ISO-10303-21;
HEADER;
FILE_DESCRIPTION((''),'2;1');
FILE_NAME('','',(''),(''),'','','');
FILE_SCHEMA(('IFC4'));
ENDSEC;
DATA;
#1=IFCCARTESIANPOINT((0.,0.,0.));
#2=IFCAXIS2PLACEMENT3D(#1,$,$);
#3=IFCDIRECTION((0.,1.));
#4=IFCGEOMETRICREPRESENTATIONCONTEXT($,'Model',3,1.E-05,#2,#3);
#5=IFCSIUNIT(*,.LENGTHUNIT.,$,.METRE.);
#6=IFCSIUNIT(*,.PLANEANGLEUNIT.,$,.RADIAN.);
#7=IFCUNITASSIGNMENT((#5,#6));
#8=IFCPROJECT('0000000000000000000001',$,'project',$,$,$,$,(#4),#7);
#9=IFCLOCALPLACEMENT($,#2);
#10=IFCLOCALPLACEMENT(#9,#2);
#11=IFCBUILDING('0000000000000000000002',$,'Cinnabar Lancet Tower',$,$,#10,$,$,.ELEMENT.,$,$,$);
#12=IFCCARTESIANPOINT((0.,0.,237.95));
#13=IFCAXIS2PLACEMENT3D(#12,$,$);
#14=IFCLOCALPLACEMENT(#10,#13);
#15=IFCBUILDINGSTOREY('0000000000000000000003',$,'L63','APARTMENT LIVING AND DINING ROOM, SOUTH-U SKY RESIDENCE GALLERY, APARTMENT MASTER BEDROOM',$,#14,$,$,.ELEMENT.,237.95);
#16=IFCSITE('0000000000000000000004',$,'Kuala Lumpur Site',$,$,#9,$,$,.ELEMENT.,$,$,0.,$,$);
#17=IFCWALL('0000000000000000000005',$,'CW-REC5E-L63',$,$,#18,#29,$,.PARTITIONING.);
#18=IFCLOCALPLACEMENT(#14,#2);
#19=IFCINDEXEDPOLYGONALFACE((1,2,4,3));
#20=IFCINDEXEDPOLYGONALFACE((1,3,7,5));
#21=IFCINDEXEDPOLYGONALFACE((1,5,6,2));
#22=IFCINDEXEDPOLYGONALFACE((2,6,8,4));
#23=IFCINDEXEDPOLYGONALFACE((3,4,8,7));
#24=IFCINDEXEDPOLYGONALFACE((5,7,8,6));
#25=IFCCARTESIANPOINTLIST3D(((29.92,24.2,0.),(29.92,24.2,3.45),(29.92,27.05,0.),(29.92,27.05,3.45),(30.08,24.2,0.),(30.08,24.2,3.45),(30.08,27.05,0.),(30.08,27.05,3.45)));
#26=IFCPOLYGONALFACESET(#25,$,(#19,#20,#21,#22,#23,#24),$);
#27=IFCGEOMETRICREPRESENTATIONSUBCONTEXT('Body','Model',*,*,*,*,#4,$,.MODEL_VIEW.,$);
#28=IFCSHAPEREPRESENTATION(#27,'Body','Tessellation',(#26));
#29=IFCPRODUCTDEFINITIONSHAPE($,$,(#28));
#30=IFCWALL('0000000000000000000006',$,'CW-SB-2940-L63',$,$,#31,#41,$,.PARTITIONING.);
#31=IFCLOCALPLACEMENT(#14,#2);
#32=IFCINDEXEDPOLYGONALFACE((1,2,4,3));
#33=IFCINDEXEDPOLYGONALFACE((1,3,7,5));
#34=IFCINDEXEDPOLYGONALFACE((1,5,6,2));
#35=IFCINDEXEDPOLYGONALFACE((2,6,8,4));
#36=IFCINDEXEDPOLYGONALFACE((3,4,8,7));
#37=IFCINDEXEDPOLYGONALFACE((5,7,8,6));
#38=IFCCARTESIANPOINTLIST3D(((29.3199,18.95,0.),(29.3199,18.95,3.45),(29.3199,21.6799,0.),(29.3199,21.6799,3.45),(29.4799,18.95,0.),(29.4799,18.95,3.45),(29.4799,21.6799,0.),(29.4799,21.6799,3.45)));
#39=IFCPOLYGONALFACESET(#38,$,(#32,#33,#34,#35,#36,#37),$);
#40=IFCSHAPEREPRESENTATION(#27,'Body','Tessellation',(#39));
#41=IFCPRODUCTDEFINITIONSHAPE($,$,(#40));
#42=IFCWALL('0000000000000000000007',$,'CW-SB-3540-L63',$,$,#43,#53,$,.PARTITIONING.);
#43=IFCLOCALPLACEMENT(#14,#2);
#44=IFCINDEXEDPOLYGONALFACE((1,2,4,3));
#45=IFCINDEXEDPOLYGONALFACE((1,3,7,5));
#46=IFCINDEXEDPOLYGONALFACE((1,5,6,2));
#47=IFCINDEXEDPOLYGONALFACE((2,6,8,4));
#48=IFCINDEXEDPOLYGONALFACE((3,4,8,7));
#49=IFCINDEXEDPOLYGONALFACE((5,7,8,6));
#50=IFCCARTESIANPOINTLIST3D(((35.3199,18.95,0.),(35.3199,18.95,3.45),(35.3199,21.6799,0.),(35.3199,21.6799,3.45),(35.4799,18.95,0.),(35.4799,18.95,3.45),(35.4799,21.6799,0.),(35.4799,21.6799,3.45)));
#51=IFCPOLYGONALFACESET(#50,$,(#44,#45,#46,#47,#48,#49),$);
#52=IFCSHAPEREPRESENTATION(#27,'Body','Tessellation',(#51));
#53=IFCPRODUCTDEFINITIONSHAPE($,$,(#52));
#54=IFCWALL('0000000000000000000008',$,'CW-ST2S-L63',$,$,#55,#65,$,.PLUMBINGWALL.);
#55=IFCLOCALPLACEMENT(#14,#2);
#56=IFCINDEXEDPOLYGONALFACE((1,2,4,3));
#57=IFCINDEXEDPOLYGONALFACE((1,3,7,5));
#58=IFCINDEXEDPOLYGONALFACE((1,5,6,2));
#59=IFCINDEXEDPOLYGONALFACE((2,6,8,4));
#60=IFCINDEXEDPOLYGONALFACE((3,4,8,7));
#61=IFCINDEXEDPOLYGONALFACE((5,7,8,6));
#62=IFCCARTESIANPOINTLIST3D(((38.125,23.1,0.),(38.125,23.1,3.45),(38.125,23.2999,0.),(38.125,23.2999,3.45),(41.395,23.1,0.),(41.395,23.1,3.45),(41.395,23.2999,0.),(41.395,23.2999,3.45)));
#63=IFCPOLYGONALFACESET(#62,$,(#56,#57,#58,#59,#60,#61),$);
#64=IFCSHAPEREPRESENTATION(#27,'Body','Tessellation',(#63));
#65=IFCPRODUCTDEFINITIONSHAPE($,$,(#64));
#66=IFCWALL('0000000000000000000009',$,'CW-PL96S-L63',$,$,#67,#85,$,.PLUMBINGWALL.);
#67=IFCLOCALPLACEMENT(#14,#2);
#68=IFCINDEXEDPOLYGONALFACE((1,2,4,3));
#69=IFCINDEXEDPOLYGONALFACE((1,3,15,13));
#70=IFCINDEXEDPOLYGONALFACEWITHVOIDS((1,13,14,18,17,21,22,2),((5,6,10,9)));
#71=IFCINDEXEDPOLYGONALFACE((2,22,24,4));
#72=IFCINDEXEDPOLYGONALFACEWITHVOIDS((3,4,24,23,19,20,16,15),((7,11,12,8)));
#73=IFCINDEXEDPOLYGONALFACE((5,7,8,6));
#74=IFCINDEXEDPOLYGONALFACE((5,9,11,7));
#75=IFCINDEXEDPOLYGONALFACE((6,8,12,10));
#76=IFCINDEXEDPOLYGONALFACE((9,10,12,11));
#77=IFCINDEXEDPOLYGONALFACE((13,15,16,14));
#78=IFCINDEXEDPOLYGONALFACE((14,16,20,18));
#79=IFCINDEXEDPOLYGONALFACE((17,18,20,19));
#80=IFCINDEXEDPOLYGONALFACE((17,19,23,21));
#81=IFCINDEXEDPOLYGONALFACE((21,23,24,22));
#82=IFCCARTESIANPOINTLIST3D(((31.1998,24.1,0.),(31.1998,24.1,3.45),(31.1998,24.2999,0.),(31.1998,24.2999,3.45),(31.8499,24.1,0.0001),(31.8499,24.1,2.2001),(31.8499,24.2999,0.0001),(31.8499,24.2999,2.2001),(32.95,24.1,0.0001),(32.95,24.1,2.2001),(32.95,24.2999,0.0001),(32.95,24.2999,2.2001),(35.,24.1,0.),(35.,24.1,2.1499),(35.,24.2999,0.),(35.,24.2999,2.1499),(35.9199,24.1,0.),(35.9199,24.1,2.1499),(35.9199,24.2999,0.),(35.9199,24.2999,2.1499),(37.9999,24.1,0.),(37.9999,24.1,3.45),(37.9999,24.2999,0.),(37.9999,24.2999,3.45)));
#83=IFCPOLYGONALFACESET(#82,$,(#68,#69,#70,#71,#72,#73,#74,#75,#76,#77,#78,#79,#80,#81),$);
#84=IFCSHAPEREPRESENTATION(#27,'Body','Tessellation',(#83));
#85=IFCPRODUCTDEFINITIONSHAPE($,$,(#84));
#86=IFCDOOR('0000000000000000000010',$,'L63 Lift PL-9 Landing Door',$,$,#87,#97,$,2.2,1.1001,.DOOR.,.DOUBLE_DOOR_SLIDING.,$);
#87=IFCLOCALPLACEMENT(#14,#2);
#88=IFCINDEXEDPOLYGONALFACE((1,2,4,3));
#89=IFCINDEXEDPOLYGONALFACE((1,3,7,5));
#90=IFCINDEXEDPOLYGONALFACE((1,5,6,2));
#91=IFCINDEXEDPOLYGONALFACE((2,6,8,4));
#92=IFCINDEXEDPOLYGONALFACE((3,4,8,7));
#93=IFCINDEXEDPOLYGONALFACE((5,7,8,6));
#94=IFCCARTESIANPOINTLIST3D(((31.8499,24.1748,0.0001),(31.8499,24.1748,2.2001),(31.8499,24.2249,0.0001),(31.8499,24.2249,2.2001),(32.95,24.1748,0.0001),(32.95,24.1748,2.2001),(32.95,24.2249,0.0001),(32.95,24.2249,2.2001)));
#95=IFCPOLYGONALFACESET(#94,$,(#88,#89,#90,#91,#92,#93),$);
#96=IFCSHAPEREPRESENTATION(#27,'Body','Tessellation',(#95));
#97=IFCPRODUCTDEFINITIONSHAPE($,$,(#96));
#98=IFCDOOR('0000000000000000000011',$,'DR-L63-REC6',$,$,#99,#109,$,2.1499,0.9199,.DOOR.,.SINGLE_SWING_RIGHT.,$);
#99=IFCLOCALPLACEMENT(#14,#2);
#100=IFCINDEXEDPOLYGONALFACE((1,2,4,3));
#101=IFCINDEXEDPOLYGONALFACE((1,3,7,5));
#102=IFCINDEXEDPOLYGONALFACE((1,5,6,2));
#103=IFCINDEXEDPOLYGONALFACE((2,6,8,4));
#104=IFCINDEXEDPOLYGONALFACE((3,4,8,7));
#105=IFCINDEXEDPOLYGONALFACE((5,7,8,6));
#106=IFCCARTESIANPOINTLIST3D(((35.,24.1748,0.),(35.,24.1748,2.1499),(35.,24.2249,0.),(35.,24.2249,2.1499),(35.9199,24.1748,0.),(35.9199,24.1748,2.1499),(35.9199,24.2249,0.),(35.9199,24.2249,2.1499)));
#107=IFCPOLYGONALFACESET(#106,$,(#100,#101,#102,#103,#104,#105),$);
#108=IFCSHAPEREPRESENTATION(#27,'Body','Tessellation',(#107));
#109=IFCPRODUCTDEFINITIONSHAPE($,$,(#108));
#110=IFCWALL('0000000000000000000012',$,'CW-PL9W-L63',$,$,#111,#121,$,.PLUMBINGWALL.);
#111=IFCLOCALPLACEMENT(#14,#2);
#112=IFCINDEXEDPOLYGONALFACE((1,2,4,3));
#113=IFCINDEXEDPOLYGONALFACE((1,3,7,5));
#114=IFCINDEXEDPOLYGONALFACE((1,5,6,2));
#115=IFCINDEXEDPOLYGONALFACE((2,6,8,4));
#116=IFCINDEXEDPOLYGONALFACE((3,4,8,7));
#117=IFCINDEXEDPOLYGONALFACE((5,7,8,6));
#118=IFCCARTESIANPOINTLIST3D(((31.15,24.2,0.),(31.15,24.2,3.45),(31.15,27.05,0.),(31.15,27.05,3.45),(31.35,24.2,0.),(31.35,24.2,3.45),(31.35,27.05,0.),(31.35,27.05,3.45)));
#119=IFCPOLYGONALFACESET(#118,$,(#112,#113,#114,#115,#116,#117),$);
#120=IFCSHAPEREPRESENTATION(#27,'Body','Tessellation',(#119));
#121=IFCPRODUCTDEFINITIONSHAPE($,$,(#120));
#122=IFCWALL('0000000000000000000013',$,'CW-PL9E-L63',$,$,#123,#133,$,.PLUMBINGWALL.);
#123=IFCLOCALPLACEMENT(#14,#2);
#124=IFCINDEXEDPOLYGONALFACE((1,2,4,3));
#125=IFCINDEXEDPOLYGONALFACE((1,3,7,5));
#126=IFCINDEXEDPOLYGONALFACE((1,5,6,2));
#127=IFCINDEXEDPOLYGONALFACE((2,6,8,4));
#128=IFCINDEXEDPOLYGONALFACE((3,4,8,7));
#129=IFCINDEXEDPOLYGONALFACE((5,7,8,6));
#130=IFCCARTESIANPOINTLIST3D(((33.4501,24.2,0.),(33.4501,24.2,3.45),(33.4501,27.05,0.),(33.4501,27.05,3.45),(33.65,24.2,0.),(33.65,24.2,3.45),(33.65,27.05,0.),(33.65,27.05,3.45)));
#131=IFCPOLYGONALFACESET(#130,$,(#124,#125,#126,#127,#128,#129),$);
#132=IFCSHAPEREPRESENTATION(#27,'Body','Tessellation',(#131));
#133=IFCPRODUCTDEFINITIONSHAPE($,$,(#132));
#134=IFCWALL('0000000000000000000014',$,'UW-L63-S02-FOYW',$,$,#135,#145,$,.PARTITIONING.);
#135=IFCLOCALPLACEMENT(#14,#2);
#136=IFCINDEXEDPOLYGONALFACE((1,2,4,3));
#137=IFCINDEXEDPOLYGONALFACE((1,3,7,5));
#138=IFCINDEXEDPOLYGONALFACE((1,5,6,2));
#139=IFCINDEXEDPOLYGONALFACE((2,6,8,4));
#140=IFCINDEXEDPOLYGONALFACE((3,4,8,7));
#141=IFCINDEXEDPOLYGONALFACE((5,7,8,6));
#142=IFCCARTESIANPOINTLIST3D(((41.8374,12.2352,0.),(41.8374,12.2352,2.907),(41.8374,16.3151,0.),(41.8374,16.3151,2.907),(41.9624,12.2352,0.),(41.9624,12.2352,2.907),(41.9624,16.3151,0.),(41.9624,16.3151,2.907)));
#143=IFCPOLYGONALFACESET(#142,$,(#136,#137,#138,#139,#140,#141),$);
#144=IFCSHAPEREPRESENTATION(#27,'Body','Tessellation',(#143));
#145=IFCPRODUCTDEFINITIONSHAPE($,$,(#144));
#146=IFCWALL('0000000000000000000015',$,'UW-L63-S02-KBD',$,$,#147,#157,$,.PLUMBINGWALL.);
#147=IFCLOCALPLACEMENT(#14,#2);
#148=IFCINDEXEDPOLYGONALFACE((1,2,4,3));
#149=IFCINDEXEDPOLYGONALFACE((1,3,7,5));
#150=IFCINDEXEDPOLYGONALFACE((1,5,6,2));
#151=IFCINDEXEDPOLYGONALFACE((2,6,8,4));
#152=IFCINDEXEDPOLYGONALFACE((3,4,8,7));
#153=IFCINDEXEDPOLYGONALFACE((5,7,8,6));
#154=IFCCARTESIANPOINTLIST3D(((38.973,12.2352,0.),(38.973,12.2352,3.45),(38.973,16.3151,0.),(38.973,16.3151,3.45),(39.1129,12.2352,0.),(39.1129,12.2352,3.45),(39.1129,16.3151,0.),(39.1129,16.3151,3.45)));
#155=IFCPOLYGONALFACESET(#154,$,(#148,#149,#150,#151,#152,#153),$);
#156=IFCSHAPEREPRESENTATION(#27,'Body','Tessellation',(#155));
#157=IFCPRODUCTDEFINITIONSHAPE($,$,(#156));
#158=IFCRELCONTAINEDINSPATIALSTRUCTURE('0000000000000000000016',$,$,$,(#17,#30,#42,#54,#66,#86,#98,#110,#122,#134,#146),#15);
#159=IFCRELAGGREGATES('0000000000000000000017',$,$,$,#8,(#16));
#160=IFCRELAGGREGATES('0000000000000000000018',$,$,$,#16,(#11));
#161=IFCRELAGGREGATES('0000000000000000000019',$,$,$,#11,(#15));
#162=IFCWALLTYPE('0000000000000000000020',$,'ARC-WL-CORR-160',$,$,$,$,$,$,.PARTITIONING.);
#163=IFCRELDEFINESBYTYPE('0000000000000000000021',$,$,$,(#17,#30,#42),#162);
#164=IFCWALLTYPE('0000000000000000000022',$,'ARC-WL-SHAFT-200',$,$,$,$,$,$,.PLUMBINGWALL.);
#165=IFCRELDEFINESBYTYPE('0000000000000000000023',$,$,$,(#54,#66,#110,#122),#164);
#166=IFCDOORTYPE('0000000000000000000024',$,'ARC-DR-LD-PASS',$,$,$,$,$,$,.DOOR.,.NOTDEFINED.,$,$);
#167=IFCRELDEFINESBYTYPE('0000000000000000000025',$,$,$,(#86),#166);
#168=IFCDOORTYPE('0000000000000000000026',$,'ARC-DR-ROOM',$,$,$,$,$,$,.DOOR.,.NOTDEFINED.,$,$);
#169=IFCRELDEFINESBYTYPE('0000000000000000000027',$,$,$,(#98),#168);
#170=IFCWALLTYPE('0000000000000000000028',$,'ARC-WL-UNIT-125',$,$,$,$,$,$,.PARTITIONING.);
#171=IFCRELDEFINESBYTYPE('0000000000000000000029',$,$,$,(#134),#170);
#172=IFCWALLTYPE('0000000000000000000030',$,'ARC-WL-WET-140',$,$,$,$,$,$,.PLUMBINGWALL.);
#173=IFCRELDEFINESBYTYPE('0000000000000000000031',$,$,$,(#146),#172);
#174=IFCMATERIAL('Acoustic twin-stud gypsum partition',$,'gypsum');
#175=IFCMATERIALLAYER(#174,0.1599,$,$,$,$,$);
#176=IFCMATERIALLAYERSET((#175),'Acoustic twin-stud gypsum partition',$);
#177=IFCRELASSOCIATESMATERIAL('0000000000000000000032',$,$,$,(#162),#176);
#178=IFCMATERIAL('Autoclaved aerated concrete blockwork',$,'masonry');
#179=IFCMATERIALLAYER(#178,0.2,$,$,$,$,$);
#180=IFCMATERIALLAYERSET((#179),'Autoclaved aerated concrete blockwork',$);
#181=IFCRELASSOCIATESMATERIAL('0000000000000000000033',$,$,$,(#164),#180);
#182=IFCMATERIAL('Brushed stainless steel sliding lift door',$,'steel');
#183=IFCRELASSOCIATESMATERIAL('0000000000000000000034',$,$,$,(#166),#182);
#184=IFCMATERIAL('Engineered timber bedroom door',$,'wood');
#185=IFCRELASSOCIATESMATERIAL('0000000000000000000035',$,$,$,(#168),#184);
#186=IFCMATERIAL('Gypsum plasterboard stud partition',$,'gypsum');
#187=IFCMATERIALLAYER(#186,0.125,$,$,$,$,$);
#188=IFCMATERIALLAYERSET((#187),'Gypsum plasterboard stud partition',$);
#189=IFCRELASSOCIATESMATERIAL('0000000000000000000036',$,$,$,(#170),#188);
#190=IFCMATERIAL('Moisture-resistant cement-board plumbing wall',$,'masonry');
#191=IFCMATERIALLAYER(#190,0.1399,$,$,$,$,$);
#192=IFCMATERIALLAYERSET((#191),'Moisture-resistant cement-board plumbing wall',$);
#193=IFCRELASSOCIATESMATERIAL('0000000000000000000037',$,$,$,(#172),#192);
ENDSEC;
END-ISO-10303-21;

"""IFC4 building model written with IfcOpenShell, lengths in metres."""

from ifc_helpers import new_model, si_unit, direction, frame, frame_2d, origin, place, context, subcontext, project, spatial, rectangle, extrude, material, layer, layer_set, type_object, element, fill, save


model = new_model("IFC4")

# Units and contexts
model_context = context("Model", 3, precision=1e-05, world=origin(), true_north=direction((0.0, 1.0)))
body_context = subcontext(model_context, "Body", "Model", "MODEL_VIEW")
ifc_project = project(units=[si_unit("LENGTHUNIT", "METRE"), si_unit("PLANEANGLEUNIT", "RADIAN")], contexts=[model_context])

# Site, building, storey
site_placement = place(None, origin())
site = spatial("IfcSite", under=ifc_project, at=site_placement, Name="Kuala Lumpur Site", CompositionType="ELEMENT", RefElevation=0.0)
building_placement = place(site_placement, origin())
building = spatial("IfcBuilding", under=site, at=building_placement, Name="Cinnabar Lancet Tower", CompositionType="ELEMENT")
storey_placement = place(building_placement, frame((0.0, 0.0, 237.95)))
storey = spatial("IfcBuildingStorey", under=building, at=storey_placement, Name="L63", Description="APARTMENT LIVING AND DINING ROOM, SOUTH-U SKY RESIDENCE GALLERY, APARTMENT MASTER BEDROOM", CompositionType="ELEMENT", Elevation=237.95)

# Walls
ifc_material_1 = material(Name="Acoustic twin-stud gypsum partition", Category="gypsum")
ifc_layer_1 = layer(ifc_material_1, 0.1599)
ifc_layer_set_1 = layer_set([ifc_layer_1], Name="Acoustic twin-stud gypsum partition")
wall_type_1 = type_object("IfcWallType", Name="ARC-WL-CORR-160", PredefinedType="PARTITIONING", material=ifc_layer_set_1)
wall_1_placement = place(storey_placement, frame((30.0, 24.2, 0.0), z_axis=(0.0, 0.0, 1.0), x_axis=(0.0, 1.0, 0.0)))
element("IfcWall", 1, at=wall_1_placement, inside=storey, type_object=wall_type_1, Name="CW-REC5E-L63", PredefinedType="PARTITIONING", context=body_context, shape_type="SweptSolid", body=[
    extrude(rectangle(XDim=2.8501, YDim=0.1599, at=frame_2d((1.425, 0.0))), origin(), (0.0, 0.0, 1.0), 3.45),
])
for number, where, z_axis, x_axis, name in (
    (2, (29.3999, 18.95, 0.0), (0.0, 0.0, 1.0), (0.0, 1.0, 0.0), "CW-SB-2940-L63"),
    (3, (35.3999, 18.95, 0.0), (0.0, 0.0, 1.0), (0.0, 1.0, 0.0), "CW-SB-3540-L63"),
):
    element("IfcWall", number, at=place(storey_placement, frame(where, z_axis=z_axis, x_axis=x_axis)), inside=storey, type_object=wall_type_1, Name=name, PredefinedType="PARTITIONING", context=body_context, shape_type="SweptSolid", body=[
        extrude(rectangle(XDim=2.73, YDim=0.1599, at=frame_2d((1.365, 0.0))), origin(), (0.0, 0.0, 1.0), 3.45),
    ])
ifc_material_2 = material(Name="Autoclaved aerated concrete blockwork", Category="masonry")
ifc_layer_2 = layer(ifc_material_2, 0.2)
ifc_layer_set_2 = layer_set([ifc_layer_2], Name="Autoclaved aerated concrete blockwork")
wall_type_2 = type_object("IfcWallType", Name="ARC-WL-SHAFT-200", PredefinedType="PLUMBINGWALL", material=ifc_layer_set_2)
wall_2_placement = place(storey_placement, frame((38.125, 23.2, 0.0), z_axis=(0.0, 0.0, 1.0), x_axis=(1.0, 0.0, 0.0)))
element("IfcWall", 4, at=wall_2_placement, inside=storey, type_object=wall_type_2, Name="CW-ST2S-L63", PredefinedType="PLUMBINGWALL", context=body_context, shape_type="SweptSolid", body=[
    extrude(rectangle(XDim=3.27, YDim=0.2, at=frame_2d((1.635, 0.0))), origin(), (0.0, 0.0, 1.0), 3.45),
])

# Wall, openings, doors
wall_3_placement = place(storey_placement, frame((31.2, 24.2, 0.0), z_axis=(0.0, 0.0, 1.0), x_axis=(1.0, 0.0, 0.0)))
wall_3 = element("IfcWall", 5, at=wall_3_placement, inside=storey, type_object=wall_type_2, Name="CW-PL96S-L63", PredefinedType="PLUMBINGWALL", context=body_context, shape_type="SweptSolid", body=[
    extrude(rectangle(XDim=6.8, YDim=0.2, at=frame_2d((3.3999, 0.0))), origin(), (0.0, 0.0, 1.0), 3.45),
])
opening_1_placement = place(wall_3_placement, frame((0.6499, 0.0, 0.0)))
opening_1 = element("IfcOpeningElement", 6, at=opening_1_placement, cuts=wall_3, PredefinedType="OPENING", context=body_context, shape_type="SweptSolid", body=[
    extrude(rectangle(XDim=1.1001, YDim=2.2, at=frame_2d((0.55, 1.1001))), frame((0.0, 0.1099, 0.0), z_axis=(0.0, -1.0, 0.0), x_axis=(1.0, 0.0, 0.0)), (0.0, 0.0, 1.0), 0.22),
])
opening_2_placement = place(wall_3_placement, frame((3.8, 0.0, 0.0)))
opening_2 = element("IfcOpeningElement", 7, at=opening_2_placement, cuts=wall_3, PredefinedType="OPENING", context=body_context, shape_type="SweptSolid", body=[
    extrude(rectangle(XDim=0.9199, YDim=2.1499, at=frame_2d((0.46, 1.075))), frame((0.0, 0.1099, 0.0), z_axis=(0.0, -1.0, 0.0), x_axis=(1.0, 0.0, 0.0)), (0.0, 0.0, 1.0), 0.22),
])
ifc_material_3 = material(Name="Brushed stainless steel sliding lift door", Category="steel")
door_type_1 = type_object("IfcDoorType", Name="ARC-DR-LD-PASS", OperationType="NOTDEFINED", PredefinedType="DOOR", material=ifc_material_3)
door_1_placement = place(opening_1_placement, origin())
door_1 = element("IfcDoor", 8, at=door_1_placement, inside=storey, type_object=door_type_1, Name="L63 Lift PL-9 Landing Door", OperationType="DOUBLE_DOOR_SLIDING", OverallHeight=2.2, OverallWidth=1.1001, PredefinedType="DOOR", context=body_context, shape_type="SweptSolid", body=[
    extrude(rectangle(XDim=1.1001, YDim=2.2, at=frame_2d((0.55, 1.1001))), frame((0.0, 0.0249, 0.0), z_axis=(0.0, -1.0, 0.0), x_axis=(1.0, 0.0, 0.0)), (0.0, 0.0, 1.0), 0.05),
])
fill(opening_1, door_1)
ifc_material_4 = material(Name="Engineered timber bedroom door", Category="wood")
door_type_2 = type_object("IfcDoorType", Name="ARC-DR-ROOM", OperationType="NOTDEFINED", PredefinedType="DOOR", material=ifc_material_4)
door_2_placement = place(opening_2_placement, origin())
door_2 = element("IfcDoor", 9, at=door_2_placement, inside=storey, type_object=door_type_2, Name="DR-L63-REC6", OperationType="SINGLE_SWING_RIGHT", OverallHeight=2.1499, OverallWidth=0.9199, PredefinedType="DOOR", context=body_context, shape_type="SweptSolid", body=[
    extrude(rectangle(XDim=0.9199, YDim=2.1499, at=frame_2d((0.46, 1.075))), frame((0.0, 0.0249, 0.0), z_axis=(0.0, -1.0, 0.0), x_axis=(1.0, 0.0, 0.0)), (0.0, 0.0, 1.0), 0.05),
])
fill(opening_2, door_2)

# Walls
for number, where, z_axis, x_axis, name in (
    (10, (31.25, 24.2, 0.0), (0.0, 0.0, 1.0), (0.0, 1.0, 0.0), "CW-PL9W-L63"),
    (11, (33.55, 24.2, 0.0), (0.0, 0.0, 1.0), (0.0, 1.0, 0.0), "CW-PL9E-L63"),
):
    element("IfcWall", number, at=place(storey_placement, frame(where, z_axis=z_axis, x_axis=x_axis)), inside=storey, type_object=wall_type_2, Name=name, PredefinedType="PLUMBINGWALL", context=body_context, shape_type="SweptSolid", body=[
        extrude(rectangle(XDim=2.8501, YDim=0.2, at=frame_2d((1.425, 0.0))), origin(), (0.0, 0.0, 1.0), 3.45),
    ])
ifc_material_5 = material(Name="Gypsum plasterboard stud partition", Category="gypsum")
ifc_layer_3 = layer(ifc_material_5, 0.125)
ifc_layer_set_3 = layer_set([ifc_layer_3], Name="Gypsum plasterboard stud partition")
wall_type_3 = type_object("IfcWallType", Name="ARC-WL-UNIT-125", PredefinedType="PARTITIONING", material=ifc_layer_set_3)
wall_4_placement = place(storey_placement, frame((41.8999, 12.2351, 0.0), z_axis=(0.0, 0.0, 1.0), x_axis=(0.0, 1.0, 0.0)))
element("IfcWall", 12, at=wall_4_placement, inside=storey, type_object=wall_type_3, Name="UW-L63-S02-FOYW", PredefinedType="PARTITIONING", context=body_context, shape_type="SweptSolid", body=[
    extrude(rectangle(XDim=4.0798, YDim=0.125, at=frame_2d((2.04, 0.0))), origin(), (0.0, 0.0, 1.0), 2.907),
])
ifc_material_6 = material(Name="Moisture-resistant cement-board plumbing wall", Category="masonry")
ifc_layer_4 = layer(ifc_material_6, 0.1399)
ifc_layer_set_4 = layer_set([ifc_layer_4], Name="Moisture-resistant cement-board plumbing wall")
wall_type_4 = type_object("IfcWallType", Name="ARC-WL-WET-140", PredefinedType="PLUMBINGWALL", material=ifc_layer_set_4)
wall_5_placement = place(storey_placement, frame((39.043, 12.2351, 0.0), z_axis=(0.0, 0.0, 1.0), x_axis=(0.0, 1.0, 0.0)))
element("IfcWall", 13, at=wall_5_placement, inside=storey, type_object=wall_type_4, Name="UW-L63-S02-KBD", PredefinedType="PLUMBINGWALL", context=body_context, shape_type="SweptSolid", body=[
    extrude(rectangle(XDim=4.0798, YDim=0.1399, at=frame_2d((2.04, 0.0))), origin(), (0.0, 0.0, 1.0), 3.45),
])

save(model, "model.ifc")
